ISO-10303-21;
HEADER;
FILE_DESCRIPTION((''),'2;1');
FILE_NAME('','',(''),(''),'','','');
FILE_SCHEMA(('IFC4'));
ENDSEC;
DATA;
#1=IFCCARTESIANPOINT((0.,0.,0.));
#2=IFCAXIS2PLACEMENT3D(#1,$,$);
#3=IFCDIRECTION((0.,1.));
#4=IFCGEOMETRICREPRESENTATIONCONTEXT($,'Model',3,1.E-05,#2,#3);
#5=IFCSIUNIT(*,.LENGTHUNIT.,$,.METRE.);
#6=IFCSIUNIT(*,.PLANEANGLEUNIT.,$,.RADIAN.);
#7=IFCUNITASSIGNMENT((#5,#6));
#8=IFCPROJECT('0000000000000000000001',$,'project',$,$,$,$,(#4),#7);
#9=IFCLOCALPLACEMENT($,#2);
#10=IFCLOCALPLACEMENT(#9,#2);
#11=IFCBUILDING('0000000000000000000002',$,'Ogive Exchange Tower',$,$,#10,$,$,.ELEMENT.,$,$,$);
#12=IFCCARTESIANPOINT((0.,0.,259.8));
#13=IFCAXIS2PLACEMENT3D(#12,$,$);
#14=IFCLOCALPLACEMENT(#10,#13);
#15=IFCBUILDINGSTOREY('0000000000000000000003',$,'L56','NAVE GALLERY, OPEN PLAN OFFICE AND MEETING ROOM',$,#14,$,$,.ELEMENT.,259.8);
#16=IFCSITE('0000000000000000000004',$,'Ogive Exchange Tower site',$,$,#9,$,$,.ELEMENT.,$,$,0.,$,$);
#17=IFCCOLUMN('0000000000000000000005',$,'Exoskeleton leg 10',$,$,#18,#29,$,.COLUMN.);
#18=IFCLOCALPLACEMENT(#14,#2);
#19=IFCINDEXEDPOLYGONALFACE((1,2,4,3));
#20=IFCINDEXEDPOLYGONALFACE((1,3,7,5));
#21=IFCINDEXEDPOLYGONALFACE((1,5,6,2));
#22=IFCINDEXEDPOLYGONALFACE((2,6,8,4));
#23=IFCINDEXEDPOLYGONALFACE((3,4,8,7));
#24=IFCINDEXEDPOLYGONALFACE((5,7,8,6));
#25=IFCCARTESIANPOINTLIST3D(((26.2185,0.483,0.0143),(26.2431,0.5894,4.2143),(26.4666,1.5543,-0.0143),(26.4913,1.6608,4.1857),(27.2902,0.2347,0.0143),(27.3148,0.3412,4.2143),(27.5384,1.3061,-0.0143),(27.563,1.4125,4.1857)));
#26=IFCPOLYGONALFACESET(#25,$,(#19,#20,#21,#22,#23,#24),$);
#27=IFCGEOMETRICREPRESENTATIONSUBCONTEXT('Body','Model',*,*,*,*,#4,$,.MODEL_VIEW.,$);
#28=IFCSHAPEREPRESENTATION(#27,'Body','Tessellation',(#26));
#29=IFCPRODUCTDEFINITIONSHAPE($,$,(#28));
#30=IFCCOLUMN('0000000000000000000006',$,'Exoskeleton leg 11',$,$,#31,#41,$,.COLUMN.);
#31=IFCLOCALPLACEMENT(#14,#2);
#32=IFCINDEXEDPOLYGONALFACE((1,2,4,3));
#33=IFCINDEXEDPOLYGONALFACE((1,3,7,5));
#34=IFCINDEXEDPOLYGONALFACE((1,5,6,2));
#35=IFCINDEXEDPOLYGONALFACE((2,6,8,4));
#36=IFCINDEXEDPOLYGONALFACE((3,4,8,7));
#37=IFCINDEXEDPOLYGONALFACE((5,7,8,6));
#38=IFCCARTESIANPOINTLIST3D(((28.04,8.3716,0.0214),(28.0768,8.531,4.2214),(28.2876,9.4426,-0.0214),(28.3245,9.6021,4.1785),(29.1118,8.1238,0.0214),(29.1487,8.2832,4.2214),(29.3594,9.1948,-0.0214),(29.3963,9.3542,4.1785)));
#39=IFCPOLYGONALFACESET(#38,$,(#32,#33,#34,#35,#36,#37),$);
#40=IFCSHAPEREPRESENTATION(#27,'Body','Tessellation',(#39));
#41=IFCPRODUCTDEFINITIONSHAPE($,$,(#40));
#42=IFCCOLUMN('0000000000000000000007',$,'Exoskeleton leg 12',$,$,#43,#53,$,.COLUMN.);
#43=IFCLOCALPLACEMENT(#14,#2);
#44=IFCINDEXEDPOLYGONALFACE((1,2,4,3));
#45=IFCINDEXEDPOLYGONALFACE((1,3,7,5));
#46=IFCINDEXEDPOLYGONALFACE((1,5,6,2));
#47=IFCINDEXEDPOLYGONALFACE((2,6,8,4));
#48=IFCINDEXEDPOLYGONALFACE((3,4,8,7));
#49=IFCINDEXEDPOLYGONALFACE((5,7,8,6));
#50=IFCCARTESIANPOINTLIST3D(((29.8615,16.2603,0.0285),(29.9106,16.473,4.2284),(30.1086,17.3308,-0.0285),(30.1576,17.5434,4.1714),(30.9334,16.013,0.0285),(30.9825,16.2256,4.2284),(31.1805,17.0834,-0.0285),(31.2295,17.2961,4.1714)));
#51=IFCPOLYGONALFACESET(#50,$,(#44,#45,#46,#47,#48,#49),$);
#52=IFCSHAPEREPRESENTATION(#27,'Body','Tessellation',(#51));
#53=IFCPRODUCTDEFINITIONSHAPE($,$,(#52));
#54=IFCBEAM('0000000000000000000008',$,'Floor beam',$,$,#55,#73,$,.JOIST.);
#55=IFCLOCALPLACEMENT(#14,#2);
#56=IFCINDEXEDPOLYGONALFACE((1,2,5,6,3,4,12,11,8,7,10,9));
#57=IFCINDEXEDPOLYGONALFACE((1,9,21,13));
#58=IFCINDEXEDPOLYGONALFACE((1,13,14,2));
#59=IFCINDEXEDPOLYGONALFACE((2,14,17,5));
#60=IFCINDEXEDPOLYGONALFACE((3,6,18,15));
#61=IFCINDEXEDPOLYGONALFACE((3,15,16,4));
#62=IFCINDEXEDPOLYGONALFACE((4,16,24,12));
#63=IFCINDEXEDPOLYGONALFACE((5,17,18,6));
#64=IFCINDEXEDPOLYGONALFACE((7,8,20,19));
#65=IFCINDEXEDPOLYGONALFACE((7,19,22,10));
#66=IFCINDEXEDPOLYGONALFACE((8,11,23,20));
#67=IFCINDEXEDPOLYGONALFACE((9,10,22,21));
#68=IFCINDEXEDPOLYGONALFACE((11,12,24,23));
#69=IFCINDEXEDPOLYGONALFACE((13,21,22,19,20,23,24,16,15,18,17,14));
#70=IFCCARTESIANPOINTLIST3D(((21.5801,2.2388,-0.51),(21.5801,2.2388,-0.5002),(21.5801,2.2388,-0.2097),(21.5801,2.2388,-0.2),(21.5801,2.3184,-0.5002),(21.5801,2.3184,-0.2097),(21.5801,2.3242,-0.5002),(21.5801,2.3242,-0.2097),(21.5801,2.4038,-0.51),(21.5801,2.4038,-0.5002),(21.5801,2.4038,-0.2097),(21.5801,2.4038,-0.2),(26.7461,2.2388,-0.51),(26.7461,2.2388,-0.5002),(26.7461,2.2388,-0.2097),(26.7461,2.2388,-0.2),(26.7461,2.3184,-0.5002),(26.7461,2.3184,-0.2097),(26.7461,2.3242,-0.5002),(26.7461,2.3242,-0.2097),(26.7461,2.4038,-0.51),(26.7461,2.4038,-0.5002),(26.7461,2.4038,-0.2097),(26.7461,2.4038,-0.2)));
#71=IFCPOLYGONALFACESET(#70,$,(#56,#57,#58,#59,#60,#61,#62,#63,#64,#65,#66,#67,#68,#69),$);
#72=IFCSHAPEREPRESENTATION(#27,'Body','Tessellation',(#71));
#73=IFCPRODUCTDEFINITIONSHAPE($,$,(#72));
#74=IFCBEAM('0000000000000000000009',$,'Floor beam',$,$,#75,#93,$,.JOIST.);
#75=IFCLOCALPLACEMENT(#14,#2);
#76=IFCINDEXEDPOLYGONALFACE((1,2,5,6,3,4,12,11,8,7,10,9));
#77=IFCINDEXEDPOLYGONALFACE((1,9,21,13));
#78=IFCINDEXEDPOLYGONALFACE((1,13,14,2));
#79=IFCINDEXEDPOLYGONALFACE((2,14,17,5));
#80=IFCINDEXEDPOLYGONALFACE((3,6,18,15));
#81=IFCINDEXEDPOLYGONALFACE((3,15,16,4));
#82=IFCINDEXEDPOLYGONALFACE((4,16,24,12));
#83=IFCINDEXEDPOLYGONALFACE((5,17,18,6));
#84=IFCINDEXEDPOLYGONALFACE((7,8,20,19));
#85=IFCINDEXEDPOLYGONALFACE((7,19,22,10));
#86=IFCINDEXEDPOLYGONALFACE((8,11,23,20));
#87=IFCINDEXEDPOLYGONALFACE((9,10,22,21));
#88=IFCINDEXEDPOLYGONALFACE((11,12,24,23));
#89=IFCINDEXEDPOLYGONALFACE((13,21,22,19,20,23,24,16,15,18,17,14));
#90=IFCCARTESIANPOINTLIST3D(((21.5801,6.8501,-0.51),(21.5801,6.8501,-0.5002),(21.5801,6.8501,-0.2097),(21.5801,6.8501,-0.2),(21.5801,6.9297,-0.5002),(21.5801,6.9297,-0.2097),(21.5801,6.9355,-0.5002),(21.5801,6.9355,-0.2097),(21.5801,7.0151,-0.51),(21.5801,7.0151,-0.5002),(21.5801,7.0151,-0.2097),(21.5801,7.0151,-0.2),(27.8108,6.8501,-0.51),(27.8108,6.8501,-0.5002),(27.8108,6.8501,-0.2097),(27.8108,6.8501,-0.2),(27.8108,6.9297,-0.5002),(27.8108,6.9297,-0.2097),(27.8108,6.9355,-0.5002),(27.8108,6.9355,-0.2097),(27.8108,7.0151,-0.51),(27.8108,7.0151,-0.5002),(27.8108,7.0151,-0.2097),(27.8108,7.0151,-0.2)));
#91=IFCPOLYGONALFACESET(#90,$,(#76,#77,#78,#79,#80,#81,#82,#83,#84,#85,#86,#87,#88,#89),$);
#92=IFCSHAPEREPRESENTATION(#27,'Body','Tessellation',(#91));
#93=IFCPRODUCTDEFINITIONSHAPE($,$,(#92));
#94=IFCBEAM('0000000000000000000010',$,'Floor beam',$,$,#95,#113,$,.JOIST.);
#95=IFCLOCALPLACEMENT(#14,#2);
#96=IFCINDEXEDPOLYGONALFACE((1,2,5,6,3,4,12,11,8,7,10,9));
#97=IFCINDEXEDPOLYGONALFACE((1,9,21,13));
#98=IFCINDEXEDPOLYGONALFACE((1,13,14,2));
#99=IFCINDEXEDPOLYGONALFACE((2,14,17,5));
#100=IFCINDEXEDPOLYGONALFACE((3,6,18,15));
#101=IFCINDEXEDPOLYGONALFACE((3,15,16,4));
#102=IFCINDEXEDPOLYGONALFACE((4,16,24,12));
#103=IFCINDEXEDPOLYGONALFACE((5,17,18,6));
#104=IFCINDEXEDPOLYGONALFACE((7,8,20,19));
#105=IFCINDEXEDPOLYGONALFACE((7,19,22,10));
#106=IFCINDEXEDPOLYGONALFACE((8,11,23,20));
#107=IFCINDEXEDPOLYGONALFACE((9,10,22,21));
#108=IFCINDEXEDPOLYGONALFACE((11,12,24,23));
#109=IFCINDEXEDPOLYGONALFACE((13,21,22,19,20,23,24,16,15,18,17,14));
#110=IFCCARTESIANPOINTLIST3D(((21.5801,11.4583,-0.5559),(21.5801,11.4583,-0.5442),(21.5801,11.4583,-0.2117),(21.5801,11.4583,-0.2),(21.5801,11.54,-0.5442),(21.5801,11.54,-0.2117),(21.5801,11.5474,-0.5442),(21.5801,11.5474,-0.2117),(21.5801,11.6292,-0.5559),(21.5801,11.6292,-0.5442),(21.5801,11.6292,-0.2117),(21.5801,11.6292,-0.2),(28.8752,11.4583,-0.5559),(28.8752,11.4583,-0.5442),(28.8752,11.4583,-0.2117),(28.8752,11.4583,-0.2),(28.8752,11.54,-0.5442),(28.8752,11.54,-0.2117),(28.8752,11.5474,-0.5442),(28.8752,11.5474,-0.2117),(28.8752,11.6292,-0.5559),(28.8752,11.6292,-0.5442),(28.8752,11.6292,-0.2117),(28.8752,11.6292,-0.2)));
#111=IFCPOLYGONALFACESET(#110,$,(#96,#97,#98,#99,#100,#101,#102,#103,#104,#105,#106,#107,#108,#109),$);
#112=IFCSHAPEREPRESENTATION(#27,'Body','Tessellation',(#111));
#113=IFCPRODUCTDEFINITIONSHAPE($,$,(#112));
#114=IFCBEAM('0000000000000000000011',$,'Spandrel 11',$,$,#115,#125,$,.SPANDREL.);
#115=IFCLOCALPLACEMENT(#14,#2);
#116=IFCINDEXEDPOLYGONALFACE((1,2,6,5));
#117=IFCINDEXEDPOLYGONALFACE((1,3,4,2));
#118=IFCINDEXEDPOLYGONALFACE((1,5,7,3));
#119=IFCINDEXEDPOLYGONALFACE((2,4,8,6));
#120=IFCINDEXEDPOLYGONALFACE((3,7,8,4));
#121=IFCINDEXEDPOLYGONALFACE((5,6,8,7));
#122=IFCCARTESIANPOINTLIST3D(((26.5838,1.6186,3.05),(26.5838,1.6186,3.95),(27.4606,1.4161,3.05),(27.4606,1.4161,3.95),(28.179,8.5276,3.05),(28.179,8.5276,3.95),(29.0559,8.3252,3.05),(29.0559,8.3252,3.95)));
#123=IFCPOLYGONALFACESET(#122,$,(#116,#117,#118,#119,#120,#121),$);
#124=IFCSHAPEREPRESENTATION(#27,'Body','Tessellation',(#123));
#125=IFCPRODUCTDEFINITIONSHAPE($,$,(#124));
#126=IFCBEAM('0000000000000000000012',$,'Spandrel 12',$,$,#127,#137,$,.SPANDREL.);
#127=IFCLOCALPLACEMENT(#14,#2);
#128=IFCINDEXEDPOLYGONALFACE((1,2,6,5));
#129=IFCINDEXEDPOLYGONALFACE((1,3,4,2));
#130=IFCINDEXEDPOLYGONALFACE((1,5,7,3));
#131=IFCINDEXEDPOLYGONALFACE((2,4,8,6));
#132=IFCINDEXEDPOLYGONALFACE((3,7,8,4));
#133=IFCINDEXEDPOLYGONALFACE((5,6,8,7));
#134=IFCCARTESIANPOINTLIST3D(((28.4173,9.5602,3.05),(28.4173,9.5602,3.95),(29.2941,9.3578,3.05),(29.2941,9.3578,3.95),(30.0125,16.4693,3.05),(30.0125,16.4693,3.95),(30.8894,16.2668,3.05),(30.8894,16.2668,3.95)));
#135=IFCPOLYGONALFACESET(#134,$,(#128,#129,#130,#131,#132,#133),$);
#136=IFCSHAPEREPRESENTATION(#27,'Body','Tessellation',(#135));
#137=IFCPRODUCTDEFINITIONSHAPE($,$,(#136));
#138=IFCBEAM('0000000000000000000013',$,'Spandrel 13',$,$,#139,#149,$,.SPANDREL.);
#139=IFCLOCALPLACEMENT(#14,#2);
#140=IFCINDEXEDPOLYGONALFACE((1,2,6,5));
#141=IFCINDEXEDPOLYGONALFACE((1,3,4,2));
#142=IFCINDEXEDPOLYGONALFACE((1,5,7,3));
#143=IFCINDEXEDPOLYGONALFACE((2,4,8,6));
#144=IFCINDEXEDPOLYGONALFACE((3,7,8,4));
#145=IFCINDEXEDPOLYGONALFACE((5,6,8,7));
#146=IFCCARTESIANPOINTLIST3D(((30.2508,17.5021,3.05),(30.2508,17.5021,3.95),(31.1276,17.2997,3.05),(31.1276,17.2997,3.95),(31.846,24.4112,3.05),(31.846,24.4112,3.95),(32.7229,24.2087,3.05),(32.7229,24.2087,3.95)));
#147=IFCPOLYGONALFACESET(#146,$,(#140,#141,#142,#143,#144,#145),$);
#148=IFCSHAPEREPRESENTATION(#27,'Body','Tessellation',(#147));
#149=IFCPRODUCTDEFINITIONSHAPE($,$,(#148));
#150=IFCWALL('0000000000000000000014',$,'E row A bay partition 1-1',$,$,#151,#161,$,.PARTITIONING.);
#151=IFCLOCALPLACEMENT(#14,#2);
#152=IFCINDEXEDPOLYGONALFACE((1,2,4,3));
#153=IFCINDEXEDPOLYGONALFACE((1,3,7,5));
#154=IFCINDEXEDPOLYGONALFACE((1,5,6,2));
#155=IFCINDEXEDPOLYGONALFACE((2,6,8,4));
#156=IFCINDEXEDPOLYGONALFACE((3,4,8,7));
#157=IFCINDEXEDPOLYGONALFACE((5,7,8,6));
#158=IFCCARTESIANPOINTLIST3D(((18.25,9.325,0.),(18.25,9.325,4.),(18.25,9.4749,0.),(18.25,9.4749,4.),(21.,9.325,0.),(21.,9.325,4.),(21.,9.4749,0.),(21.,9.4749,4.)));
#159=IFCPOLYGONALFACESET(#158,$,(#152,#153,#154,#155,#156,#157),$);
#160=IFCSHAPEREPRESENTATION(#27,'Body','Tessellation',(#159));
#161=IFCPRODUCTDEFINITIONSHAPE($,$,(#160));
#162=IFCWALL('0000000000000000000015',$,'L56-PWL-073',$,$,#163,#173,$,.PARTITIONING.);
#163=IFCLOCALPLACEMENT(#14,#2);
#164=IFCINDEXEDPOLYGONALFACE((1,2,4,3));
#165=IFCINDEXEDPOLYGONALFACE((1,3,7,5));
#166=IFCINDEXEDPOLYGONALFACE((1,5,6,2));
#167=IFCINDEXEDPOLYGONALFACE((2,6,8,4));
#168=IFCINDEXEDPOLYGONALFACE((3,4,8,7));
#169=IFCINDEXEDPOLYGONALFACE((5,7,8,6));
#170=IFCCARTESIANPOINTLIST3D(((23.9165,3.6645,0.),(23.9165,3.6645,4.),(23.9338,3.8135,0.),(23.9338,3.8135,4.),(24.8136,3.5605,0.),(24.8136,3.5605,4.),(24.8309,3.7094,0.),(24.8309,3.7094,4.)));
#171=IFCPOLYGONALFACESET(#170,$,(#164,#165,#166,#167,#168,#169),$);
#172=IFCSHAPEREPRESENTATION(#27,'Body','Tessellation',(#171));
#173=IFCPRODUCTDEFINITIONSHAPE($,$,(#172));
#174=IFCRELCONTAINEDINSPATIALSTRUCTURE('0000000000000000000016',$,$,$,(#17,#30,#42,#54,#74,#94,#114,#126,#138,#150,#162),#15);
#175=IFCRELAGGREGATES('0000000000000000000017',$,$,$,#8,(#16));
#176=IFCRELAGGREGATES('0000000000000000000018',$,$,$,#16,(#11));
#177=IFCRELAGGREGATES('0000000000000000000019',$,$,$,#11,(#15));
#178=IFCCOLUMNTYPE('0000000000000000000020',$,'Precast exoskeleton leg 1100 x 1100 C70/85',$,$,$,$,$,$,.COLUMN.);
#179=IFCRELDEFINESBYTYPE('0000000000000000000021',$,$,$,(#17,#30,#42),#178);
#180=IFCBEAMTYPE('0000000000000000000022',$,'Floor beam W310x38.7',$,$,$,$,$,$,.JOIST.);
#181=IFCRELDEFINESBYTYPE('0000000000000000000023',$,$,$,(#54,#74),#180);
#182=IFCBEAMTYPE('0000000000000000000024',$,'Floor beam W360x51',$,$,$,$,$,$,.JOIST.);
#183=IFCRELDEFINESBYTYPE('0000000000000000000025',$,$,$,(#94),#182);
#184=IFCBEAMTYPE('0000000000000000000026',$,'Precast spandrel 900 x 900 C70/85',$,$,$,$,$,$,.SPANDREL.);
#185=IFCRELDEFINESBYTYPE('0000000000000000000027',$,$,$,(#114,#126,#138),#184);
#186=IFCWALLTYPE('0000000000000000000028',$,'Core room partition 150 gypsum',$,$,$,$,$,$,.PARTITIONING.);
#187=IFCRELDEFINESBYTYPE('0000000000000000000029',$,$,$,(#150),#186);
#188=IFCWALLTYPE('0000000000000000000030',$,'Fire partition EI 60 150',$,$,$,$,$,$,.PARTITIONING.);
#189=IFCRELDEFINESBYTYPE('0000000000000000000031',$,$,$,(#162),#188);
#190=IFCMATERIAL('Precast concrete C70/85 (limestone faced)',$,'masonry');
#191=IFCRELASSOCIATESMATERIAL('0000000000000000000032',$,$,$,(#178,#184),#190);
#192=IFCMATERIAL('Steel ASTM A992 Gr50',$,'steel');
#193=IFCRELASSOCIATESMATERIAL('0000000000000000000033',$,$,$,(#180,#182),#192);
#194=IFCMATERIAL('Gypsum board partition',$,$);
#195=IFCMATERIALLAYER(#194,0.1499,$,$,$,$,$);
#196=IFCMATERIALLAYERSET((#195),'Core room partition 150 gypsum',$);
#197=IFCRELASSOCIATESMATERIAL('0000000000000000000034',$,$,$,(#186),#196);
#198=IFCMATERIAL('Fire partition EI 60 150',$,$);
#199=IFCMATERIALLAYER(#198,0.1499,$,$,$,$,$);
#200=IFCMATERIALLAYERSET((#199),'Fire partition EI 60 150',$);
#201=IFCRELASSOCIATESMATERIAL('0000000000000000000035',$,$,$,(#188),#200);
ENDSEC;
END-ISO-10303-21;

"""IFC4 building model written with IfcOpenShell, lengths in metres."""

from ifc_helpers import new_model, si_unit, direction, frame, frame_2d, origin, origin_2d, place, context, subcontext, project, spatial, rectangle, i_section, extrude, material, layer, layer_set, material_profile, profile_set, type_object, element, save


model = new_model("IFC4")

# Units and contexts
model_context = context("Model", 3, precision=1e-05, world=origin(), true_north=direction((0.0, 1.0)))
body_context = subcontext(model_context, "Body", "Model", "MODEL_VIEW")
ifc_project = project(units=[si_unit("LENGTHUNIT", "METRE"), si_unit("PLANEANGLEUNIT", "RADIAN")], contexts=[model_context])

# Site, building, storey
site_placement = place(None, origin())
site = spatial("IfcSite", under=ifc_project, at=site_placement, Name="Ogive Exchange Tower site", CompositionType="ELEMENT", RefElevation=0.0)
building_placement = place(site_placement, origin())
building = spatial("IfcBuilding", under=site, at=building_placement, Name="Ogive Exchange Tower", CompositionType="ELEMENT")
storey_placement = place(building_placement, frame((0.0, 0.0, 259.8)))
storey = spatial("IfcBuildingStorey", under=building, at=storey_placement, Name="L56", Description="NAVE GALLERY, OPEN PLAN OFFICE AND MEETING ROOM", CompositionType="ELEMENT", Elevation=259.8)

# Columns
ifc_material_1 = material(Name="Precast concrete C70/85 (limestone faced)", Category="masonry")
ifc_material_profile_1 = material_profile(ifc_material_1, rectangle(XDim=1.1001, YDim=1.1001, at=origin_2d()), Name="1100 x 1100")
ifc_profile_set_1 = profile_set([ifc_material_profile_1], Name="Precast concrete C70/85 (limestone faced)")
column_type = type_object("IfcColumnType", Name="Precast exoskeleton leg 1100 x 1100 C70/85", PredefinedType="COLUMN", material=ifc_profile_set_1)
column_1_placement = place(storey_placement, frame((26.8784, 0.8945, 0.0), z_axis=(0.005869, 0.025336, 0.999662), x_axis=(-0.974203, 0.225675, 0.0)))
element("IfcColumn", 1, at=column_1_placement, inside=storey, type_object=column_type, Name="Exoskeleton leg 10", PredefinedType="COLUMN", context=body_context, shape_type="SweptSolid", body=[
    extrude(rectangle(XDim=1.1001, YDim=1.1001, at=origin_2d()), origin(), (0.0, 0.0, 1.0), 4.2014),
])
column_2_placement = place(storey_placement, frame((28.6997, 8.7832, 0.0), z_axis=(0.008771, 0.03793, 0.999242), x_axis=(-0.974291, 0.225295, 0.0)))
element("IfcColumn", 2, at=column_2_placement, inside=storey, type_object=column_type, Name="Exoskeleton leg 11", PredefinedType="COLUMN", context=body_context, shape_type="SweptSolid", body=[
    extrude(rectangle(XDim=1.1001, YDim=1.1001, at=origin_2d()), origin(), (0.0, 0.0, 1.0), 4.2031),
])
column_3_placement = place(storey_placement, frame((30.521, 16.6719, 0.0), z_axis=(0.011668, 0.050562, 0.998653), x_axis=(-0.974391, 0.22486, 0.0)))
element("IfcColumn", 3, at=column_3_placement, inside=storey, type_object=column_type, Name="Exoskeleton leg 12", PredefinedType="COLUMN", context=body_context, shape_type="SweptSolid", body=[
    extrude(rectangle(XDim=1.1001, YDim=1.1001, at=origin_2d()), origin(), (0.0, 0.0, 1.0), 4.2056),
])

# Beams
ifc_material_2 = material(Name="Steel ASTM A992 Gr50", Category="steel")
ifc_material_profile_2 = material_profile(ifc_material_2, i_section(OverallWidth=0.165, OverallDepth=0.3101, WebThickness=0.0059, FlangeThickness=0.0098, at=origin_2d()), Name="W310x38.7")
ifc_profile_set_2 = profile_set([ifc_material_profile_2], Name="Steel ASTM A992 Gr50")
beam_type_1 = type_object("IfcBeamType", Name="Floor beam W310x38.7", PredefinedType="JOIST", material=ifc_profile_set_2)
beam_1_placement = place(storey_placement, frame((21.5801, 2.3213, -0.355), z_axis=(1.0, 0.0, 0.0), x_axis=(0.0, 1.0, 0.0)))
element("IfcBeam", 4, at=beam_1_placement, inside=storey, type_object=beam_type_1, Name="Floor beam", PredefinedType="JOIST", context=body_context, shape_type="SweptSolid", body=[
    extrude(i_section(OverallWidth=0.165, OverallDepth=0.3101, WebThickness=0.0059, FlangeThickness=0.0098, at=origin_2d()), origin(), (0.0, 0.0, 1.0), 5.166),
])
beam_2_placement = place(storey_placement, frame((21.5801, 6.9326, -0.355), z_axis=(1.0, 0.0, 0.0), x_axis=(0.0, 1.0, 0.0)))
element("IfcBeam", 5, at=beam_2_placement, inside=storey, type_object=beam_type_1, Name="Floor beam", PredefinedType="JOIST", context=body_context, shape_type="SweptSolid", body=[
    extrude(i_section(OverallWidth=0.165, OverallDepth=0.3101, WebThickness=0.0059, FlangeThickness=0.0098, at=origin_2d()), origin(), (0.0, 0.0, 1.0), 6.2307),
])
ifc_material_profile_3 = material_profile(ifc_material_2, i_section(OverallWidth=0.1709, OverallDepth=0.356, WebThickness=0.0073, FlangeThickness=0.0117, at=origin_2d()), Name="W360x51")
ifc_profile_set_3 = profile_set([ifc_material_profile_3], Name="Steel ASTM A992 Gr50")
beam_type_2 = type_object("IfcBeamType", Name="Floor beam W360x51", PredefinedType="JOIST", material=ifc_profile_set_3)
beam_3_placement = place(storey_placement, frame((21.5801, 11.5437, -0.3779), z_axis=(1.0, 0.0, 0.0), x_axis=(0.0, 1.0, 0.0)))
element("IfcBeam", 6, at=beam_3_placement, inside=storey, type_object=beam_type_2, Name="Floor beam", PredefinedType="JOIST", context=body_context, shape_type="SweptSolid", body=[
    extrude(i_section(OverallWidth=0.1709, OverallDepth=0.356, WebThickness=0.0073, FlangeThickness=0.0117, at=origin_2d()), origin(), (0.0, 0.0, 1.0), 7.2952),
])
ifc_material_profile_4 = material_profile(ifc_material_1, rectangle(XDim=0.8999, YDim=0.8999, at=origin_2d()), Name="900 x 900")
ifc_profile_set_4 = profile_set([ifc_material_profile_4], Name="Precast concrete C70/85 (limestone faced)")
beam_type_3 = type_object("IfcBeamType", Name="Precast spandrel 900 x 900 C70/85", PredefinedType="SPANDREL", material=ifc_profile_set_4)
for number, where, z_axis, x_axis, name in (
    (7, (27.0222, 1.5173, 3.5), (0.224973, 0.974365, 0.0), (-0.974365, 0.224973, 0.0), "Spandrel 11"),
    (8, (28.8557, 9.459, 3.5), (0.224973, 0.974365, 0.0), (-0.974365, 0.224973, 0.0), "Spandrel 12"),
    (9, (30.6892, 17.4009, 3.5), (0.224973, 0.974365, 0.0), (-0.974365, 0.224973, 0.0), "Spandrel 13"),
):
    element("IfcBeam", number, at=place(storey_placement, frame(where, z_axis=z_axis, x_axis=x_axis)), inside=storey, type_object=beam_type_3, Name=name, PredefinedType="SPANDREL", context=body_context, shape_type="SweptSolid", body=[
        extrude(rectangle(XDim=0.8999, YDim=0.8999, at=origin_2d()), origin(), (0.0, 0.0, 1.0), 7.0908),
    ])

# Walls
ifc_material_3 = material(Name="Gypsum board partition")
ifc_layer_1 = layer(ifc_material_3, 0.1499)
ifc_layer_set_1 = layer_set([ifc_layer_1], Name="Core room partition 150 gypsum")
wall_type_1 = type_object("IfcWallType", Name="Core room partition 150 gypsum", PredefinedType="PARTITIONING", material=ifc_layer_set_1)
wall_1_placement = place(storey_placement, frame((18.25, 9.3999, 0.0), z_axis=(0.0, 0.0, 1.0), x_axis=(1.0, 0.0, 0.0)))
element("IfcWall", 10, at=wall_1_placement, inside=storey, type_object=wall_type_1, Name="E row A bay partition 1-1", PredefinedType="PARTITIONING", context=body_context, shape_type="SweptSolid", body=[
    extrude(rectangle(XDim=2.75, YDim=0.1499, at=frame_2d((1.375, 0.0))), origin(), (0.0, 0.0, 1.0), 4.0),
])
ifc_material_4 = material(Name="Fire partition EI 60 150")
ifc_layer_2 = layer(ifc_material_4, 0.1499)
ifc_layer_set_2 = layer_set([ifc_layer_2], Name="Fire partition EI 60 150")
wall_type_2 = type_object("IfcWallType", Name="Fire partition EI 60 150", PredefinedType="PARTITIONING", material=ifc_layer_set_2)
wall_2_placement = place(storey_placement, frame((23.925, 3.739, 0.0), z_axis=(0.0, 0.0, 1.0), x_axis=(0.993345, -0.115178, 0.0)))
element("IfcWall", 11, at=wall_2_placement, inside=storey, type_object=wall_type_2, Name="L56-PWL-073", PredefinedType="PARTITIONING", context=body_context, shape_type="SweptSolid", body=[
    extrude(rectangle(XDim=0.9031, YDim=0.1499, at=frame_2d((0.4517, 0.0))), origin(), (0.0, 0.0, 1.0), 4.0),
])

save(model, "model.ifc")
